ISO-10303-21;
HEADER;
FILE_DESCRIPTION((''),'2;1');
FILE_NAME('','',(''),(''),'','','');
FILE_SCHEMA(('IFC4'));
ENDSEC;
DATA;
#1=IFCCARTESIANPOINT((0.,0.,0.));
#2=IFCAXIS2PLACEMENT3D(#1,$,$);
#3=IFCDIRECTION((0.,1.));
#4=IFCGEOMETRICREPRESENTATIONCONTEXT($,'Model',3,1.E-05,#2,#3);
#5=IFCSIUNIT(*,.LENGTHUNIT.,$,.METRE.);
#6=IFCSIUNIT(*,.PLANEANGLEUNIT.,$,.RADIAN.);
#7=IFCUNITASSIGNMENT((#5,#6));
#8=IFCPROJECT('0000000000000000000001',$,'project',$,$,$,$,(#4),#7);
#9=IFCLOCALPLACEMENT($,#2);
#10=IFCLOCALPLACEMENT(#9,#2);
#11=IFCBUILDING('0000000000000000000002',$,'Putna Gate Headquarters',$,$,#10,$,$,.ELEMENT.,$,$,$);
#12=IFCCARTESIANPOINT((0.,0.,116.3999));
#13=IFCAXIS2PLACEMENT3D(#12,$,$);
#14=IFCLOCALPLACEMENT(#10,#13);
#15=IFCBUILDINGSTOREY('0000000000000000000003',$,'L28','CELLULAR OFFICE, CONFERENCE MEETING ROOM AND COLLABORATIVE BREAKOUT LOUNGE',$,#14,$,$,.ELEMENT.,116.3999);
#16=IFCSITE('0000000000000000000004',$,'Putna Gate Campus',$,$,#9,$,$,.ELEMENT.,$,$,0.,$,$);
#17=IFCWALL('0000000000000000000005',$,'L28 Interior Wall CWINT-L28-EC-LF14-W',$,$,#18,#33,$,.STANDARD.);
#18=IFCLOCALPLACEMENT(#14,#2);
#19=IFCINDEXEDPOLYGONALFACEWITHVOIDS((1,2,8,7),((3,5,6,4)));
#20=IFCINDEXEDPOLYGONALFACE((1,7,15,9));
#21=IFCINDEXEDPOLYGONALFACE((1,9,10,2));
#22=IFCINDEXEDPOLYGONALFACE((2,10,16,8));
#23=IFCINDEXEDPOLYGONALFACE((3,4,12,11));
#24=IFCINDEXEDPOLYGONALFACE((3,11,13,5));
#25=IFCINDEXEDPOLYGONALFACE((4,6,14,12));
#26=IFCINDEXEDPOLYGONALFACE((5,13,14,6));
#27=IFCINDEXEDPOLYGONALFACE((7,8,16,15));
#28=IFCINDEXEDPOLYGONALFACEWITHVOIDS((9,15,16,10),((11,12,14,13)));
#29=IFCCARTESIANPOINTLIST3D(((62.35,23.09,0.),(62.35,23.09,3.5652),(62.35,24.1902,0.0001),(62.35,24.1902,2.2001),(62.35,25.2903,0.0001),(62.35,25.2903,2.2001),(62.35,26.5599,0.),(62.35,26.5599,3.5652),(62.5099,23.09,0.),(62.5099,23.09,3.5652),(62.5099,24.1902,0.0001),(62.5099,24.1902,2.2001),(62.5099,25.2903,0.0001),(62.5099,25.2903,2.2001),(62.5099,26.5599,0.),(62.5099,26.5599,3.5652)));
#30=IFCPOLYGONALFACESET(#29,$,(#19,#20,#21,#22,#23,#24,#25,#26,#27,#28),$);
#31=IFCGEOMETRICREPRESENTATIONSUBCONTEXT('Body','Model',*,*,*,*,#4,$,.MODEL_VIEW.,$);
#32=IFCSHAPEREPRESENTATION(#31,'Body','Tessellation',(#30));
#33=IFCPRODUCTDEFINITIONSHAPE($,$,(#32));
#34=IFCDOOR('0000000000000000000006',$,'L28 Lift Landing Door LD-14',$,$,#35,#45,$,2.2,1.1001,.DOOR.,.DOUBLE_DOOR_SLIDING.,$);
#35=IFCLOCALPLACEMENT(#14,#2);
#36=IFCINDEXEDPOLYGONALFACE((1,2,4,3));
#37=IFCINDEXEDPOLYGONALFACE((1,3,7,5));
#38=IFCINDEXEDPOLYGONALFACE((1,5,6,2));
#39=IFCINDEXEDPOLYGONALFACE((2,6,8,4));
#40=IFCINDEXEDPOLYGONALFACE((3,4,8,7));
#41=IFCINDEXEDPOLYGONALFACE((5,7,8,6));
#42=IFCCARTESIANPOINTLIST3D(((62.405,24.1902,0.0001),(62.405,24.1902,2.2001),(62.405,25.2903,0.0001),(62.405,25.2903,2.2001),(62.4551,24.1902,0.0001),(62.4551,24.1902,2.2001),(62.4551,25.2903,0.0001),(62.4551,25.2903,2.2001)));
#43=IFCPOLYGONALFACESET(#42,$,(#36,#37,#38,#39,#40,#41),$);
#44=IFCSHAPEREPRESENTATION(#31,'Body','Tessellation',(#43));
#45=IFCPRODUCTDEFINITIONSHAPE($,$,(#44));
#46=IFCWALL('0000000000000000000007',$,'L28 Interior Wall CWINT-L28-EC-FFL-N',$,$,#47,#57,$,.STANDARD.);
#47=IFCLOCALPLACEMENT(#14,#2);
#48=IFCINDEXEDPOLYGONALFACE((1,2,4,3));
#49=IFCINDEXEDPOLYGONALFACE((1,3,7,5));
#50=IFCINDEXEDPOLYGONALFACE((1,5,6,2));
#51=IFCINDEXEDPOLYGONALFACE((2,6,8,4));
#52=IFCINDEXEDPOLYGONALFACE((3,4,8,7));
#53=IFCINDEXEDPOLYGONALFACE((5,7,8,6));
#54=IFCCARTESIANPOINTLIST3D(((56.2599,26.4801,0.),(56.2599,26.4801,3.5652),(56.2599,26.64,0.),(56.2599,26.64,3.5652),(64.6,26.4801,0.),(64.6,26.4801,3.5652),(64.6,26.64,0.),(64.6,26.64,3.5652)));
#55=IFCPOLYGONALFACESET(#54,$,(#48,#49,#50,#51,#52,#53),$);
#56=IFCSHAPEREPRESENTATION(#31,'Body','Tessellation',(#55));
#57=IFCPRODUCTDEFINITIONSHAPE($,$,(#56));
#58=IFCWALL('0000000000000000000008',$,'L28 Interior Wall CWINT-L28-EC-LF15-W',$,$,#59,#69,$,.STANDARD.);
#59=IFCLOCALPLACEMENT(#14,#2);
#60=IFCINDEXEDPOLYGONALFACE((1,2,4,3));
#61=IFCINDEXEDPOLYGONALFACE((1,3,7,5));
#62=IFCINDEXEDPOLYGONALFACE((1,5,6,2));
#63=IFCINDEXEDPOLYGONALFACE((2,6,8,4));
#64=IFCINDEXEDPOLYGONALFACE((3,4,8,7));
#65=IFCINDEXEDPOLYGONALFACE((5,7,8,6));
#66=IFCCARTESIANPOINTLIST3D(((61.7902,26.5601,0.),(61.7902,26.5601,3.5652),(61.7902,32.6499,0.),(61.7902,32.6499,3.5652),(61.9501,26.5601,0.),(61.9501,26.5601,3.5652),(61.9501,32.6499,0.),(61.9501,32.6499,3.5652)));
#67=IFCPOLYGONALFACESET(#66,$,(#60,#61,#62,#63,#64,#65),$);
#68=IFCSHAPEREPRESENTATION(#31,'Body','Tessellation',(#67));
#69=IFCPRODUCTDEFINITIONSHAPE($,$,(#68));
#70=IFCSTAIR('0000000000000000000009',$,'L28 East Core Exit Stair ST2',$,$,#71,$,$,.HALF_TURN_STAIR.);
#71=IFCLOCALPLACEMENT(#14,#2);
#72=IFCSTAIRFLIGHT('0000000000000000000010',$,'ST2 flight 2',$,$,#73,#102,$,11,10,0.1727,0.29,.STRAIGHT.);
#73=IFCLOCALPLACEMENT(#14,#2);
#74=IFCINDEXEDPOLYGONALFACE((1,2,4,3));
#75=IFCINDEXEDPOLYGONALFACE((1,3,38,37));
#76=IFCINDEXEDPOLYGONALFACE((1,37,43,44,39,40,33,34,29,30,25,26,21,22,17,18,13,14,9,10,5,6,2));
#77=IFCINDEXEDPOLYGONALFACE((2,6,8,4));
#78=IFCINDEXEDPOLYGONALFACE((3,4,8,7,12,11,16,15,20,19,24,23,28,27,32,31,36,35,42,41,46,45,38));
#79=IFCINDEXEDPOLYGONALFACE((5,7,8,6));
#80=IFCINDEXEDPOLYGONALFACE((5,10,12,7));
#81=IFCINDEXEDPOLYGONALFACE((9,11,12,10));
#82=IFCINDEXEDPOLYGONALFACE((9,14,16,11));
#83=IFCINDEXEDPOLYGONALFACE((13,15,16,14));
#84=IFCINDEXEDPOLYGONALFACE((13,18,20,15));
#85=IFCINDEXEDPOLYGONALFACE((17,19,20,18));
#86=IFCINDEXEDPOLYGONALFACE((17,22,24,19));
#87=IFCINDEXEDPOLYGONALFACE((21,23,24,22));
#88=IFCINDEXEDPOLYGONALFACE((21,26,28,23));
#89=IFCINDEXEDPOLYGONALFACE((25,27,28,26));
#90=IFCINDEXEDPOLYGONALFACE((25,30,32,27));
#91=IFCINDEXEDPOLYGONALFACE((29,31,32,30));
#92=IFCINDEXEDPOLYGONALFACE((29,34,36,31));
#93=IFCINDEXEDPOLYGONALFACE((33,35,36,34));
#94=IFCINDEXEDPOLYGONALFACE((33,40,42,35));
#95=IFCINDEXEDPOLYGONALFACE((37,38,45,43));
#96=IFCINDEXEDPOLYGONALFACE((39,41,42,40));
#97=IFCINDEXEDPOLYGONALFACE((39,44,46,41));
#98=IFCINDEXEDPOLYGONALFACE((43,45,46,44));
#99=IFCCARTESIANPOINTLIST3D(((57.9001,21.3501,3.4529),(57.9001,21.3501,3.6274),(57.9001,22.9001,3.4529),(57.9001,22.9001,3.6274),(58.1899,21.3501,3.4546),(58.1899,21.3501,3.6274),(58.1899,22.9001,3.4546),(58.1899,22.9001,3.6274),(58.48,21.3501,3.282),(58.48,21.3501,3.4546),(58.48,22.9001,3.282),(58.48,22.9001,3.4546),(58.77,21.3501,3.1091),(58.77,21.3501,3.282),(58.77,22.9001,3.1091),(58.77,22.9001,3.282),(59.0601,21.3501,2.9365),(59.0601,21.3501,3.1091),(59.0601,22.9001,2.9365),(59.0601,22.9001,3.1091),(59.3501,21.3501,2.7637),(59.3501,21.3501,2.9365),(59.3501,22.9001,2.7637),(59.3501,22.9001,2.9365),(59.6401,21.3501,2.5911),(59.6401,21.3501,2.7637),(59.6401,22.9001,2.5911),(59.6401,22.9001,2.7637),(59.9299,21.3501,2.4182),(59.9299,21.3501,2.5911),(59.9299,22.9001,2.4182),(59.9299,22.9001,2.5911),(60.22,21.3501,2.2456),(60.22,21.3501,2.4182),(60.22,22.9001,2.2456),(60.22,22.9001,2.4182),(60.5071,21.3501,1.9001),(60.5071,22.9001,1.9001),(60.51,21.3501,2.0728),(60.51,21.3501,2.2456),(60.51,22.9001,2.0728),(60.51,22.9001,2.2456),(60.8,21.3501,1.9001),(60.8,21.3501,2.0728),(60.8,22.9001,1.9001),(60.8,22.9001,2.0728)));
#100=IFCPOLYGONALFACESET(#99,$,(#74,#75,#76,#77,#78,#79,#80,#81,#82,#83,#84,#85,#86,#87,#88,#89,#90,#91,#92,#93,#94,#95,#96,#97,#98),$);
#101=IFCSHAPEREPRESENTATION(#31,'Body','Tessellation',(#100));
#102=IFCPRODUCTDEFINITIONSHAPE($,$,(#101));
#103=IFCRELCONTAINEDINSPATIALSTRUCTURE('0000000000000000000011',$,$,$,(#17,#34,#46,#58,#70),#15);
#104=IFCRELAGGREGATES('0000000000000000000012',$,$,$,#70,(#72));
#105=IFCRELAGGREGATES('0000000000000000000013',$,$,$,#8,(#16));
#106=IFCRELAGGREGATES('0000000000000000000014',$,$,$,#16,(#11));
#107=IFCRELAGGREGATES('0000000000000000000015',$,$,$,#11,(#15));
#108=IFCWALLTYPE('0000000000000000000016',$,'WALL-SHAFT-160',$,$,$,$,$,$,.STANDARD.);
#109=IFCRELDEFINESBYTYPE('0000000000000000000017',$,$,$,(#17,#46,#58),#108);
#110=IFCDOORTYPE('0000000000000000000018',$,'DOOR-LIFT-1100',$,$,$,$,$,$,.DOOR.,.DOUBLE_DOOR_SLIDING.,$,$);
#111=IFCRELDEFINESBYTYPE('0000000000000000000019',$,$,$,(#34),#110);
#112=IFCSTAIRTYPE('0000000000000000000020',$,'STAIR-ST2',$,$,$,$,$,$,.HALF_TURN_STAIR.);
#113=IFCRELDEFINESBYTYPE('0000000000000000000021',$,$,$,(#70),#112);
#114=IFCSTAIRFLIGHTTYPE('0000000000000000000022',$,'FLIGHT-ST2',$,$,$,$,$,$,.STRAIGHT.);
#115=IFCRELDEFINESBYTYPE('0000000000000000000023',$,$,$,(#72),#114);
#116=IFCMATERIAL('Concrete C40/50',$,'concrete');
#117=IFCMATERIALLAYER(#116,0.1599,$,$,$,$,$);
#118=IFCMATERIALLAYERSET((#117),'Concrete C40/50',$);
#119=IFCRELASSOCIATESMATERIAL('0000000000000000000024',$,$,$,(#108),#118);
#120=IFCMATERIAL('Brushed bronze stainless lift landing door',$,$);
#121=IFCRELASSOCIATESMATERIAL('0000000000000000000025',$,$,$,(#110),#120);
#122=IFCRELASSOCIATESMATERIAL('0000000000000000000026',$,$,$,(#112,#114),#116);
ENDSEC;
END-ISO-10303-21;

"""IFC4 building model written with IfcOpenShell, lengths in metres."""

from ifc_helpers import new_model, si_unit, direction, frame, frame_2d, origin, place, context, subcontext, project, spatial, polyline, rectangle, outline, extrude, material, layer, layer_set, type_object, element, fill, aggregate, save


model = new_model("IFC4")

# Units and contexts
model_context = context("Model", 3, precision=1e-05, world=origin(), true_north=direction((0.0, 1.0)))
body_context = subcontext(model_context, "Body", "Model", "MODEL_VIEW")
ifc_project = project(units=[si_unit("LENGTHUNIT", "METRE"), si_unit("PLANEANGLEUNIT", "RADIAN")], contexts=[model_context])

# Site, building, storey
site_placement = place(None, origin())
site = spatial("IfcSite", under=ifc_project, at=site_placement, Name="Putna Gate Campus", CompositionType="ELEMENT", RefElevation=0.0)
building_placement = place(site_placement, origin())
building = spatial("IfcBuilding", under=site, at=building_placement, Name="Putna Gate Headquarters", CompositionType="ELEMENT")
storey_placement = place(building_placement, frame((0.0, 0.0, 116.3999)))
storey = spatial("IfcBuildingStorey", under=building, at=storey_placement, Name="L28", Description="CELLULAR OFFICE, CONFERENCE MEETING ROOM AND COLLABORATIVE BREAKOUT LOUNGE", CompositionType="ELEMENT", Elevation=116.3999)

# Wall, opening, door
ifc_material_1 = material(Name="Concrete C40/50", Category="concrete")
ifc_layer_1 = layer(ifc_material_1, 0.1599)
ifc_layer_set_1 = layer_set([ifc_layer_1], Name="Concrete C40/50")
wall_type_1 = type_object("IfcWallType", Name="WALL-SHAFT-160", PredefinedType="STANDARD", material=ifc_layer_set_1)
wall_1_placement = place(storey_placement, frame((62.4299, 23.0901, 0.0), z_axis=(0.0, 0.0, 1.0), x_axis=(0.0, 1.0, 0.0)))
wall_1 = element("IfcWall", 1, at=wall_1_placement, inside=storey, type_object=wall_type_1, Name="L28 Interior Wall CWINT-L28-EC-LF14-W", PredefinedType="STANDARD", context=body_context, shape_type="SweptSolid", body=[
    extrude(rectangle(XDim=3.47, YDim=0.1599, at=frame_2d((1.7349, 0.0))), origin(), (0.0, 0.0, 1.0), 3.5652),
])
opening_1_placement = place(wall_1_placement, frame((1.1001, 0.0, 0.0)))
opening_1 = element("IfcOpeningElement", 2, at=opening_1_placement, cuts=wall_1, PredefinedType="OPENING", context=body_context, shape_type="SweptSolid", body=[
    extrude(rectangle(XDim=1.1001, YDim=2.2, at=frame_2d((0.55, 1.1001))), frame((0.0, 0.0898, 0.0), z_axis=(0.0, -1.0, 0.0), x_axis=(1.0, 0.0, 0.0)), (0.0, 0.0, 1.0), 0.1799),
])
ifc_material_2 = material(Name="Brushed bronze stainless lift landing door")
door_type_1 = type_object("IfcDoorType", Name="DOOR-LIFT-1100", OperationType="DOUBLE_DOOR_SLIDING", PredefinedType="DOOR", material=ifc_material_2)
door_1_placement = place(opening_1_placement, origin())
door_1 = element("IfcDoor", 3, at=door_1_placement, inside=storey, type_object=door_type_1, Name="L28 Lift Landing Door LD-14", OperationType="DOUBLE_DOOR_SLIDING", OverallHeight=2.2, OverallWidth=1.1001, PredefinedType="DOOR", context=body_context, shape_type="SweptSolid", body=[
    extrude(rectangle(XDim=1.1001, YDim=2.2, at=frame_2d((0.55, 1.1001))), frame((0.0, 0.0249, 0.0), z_axis=(0.0, -1.0, 0.0), x_axis=(1.0, 0.0, 0.0)), (0.0, 0.0, 1.0), 0.05),
])
fill(opening_1, door_1)

# Walls
wall_2_placement = place(storey_placement, frame((56.26, 26.5601, 0.0), z_axis=(0.0, 0.0, 1.0), x_axis=(1.0, 0.0, 0.0)))
element("IfcWall", 4, at=wall_2_placement, inside=storey, type_object=wall_type_1, Name="L28 Interior Wall CWINT-L28-EC-FFL-N", PredefinedType="STANDARD", context=body_context, shape_type="SweptSolid", body=[
    extrude(rectangle(XDim=8.3401, YDim=0.1599, at=frame_2d((4.1699, 0.0))), origin(), (0.0, 0.0, 1.0), 3.5652),
])
wall_3_placement = place(storey_placement, frame((61.8701, 26.5601, 0.0), z_axis=(0.0, 0.0, 1.0), x_axis=(0.0, 1.0, 0.0)))
element("IfcWall", 5, at=wall_3_placement, inside=storey, type_object=wall_type_1, Name="L28 Interior Wall CWINT-L28-EC-LF15-W", PredefinedType="STANDARD", context=body_context, shape_type="SweptSolid", body=[
    extrude(rectangle(XDim=6.0898, YDim=0.1599, at=frame_2d((3.0449, 0.0))), origin(), (0.0, 0.0, 1.0), 3.5652),
])

# Stair, stair flight
stair_type = type_object("IfcStairType", Name="STAIR-ST2", PredefinedType="HALF_TURN_STAIR", material=ifc_material_1)
stair_placement = place(storey_placement, origin())
stair = element("IfcStair", 6, at=stair_placement, inside=storey, type_object=stair_type, Name="L28 East Core Exit Stair ST2", PredefinedType="HALF_TURN_STAIR")
stair_flight_type = type_object("IfcStairFlightType", Name="FLIGHT-ST2", PredefinedType="STRAIGHT", material=ifc_material_1)
stair_flight_placement = place(storey_placement, frame((60.8, 22.125, 1.9001), z_axis=(0.0, 0.0, 1.0), x_axis=(-1.0, 0.0, 0.0)))
stair_flight = element("IfcStairFlight", 7, at=stair_flight_placement, type_object=stair_flight_type, Name="ST2 flight 2", NumberOfRisers=11, NumberOfTreads=10, PredefinedType="STRAIGHT", RiserHeight=0.1727, TreadLength=0.29, context=body_context, shape_type="SweptSolid", body=[
    extrude(outline(polyline([(0.0, 0.0), (0.0, 0.1726), (0.29, 0.1726), (0.29, 0.3455), (0.5801, 0.3455), (0.5801, 0.5181), (0.8701, 0.5181), (0.8701, 0.6909), (1.1599, 0.6909), (1.1599, 0.8635), (1.45, 0.8635), (1.45, 1.0364), (1.74, 1.0364), (1.74, 1.209), (2.03, 1.209), (2.03, 1.3818), (2.3201, 1.3818), (2.3201, 1.5544), (2.6101, 1.5544), (2.6101, 1.7273), (2.8999, 1.7273), (2.8999, 1.8999), (2.8999, 1.5527), (0.293, 0.0), (0.0, 0.0)])), frame((0.0, 0.7749, 0.0), z_axis=(0.0, -1.0, 0.0), x_axis=(1.0, 0.0, 0.0)), (0.0, 0.0, 1.0), 1.55),
])
aggregate(stair, [stair_flight])

save(model, "model.ifc")
